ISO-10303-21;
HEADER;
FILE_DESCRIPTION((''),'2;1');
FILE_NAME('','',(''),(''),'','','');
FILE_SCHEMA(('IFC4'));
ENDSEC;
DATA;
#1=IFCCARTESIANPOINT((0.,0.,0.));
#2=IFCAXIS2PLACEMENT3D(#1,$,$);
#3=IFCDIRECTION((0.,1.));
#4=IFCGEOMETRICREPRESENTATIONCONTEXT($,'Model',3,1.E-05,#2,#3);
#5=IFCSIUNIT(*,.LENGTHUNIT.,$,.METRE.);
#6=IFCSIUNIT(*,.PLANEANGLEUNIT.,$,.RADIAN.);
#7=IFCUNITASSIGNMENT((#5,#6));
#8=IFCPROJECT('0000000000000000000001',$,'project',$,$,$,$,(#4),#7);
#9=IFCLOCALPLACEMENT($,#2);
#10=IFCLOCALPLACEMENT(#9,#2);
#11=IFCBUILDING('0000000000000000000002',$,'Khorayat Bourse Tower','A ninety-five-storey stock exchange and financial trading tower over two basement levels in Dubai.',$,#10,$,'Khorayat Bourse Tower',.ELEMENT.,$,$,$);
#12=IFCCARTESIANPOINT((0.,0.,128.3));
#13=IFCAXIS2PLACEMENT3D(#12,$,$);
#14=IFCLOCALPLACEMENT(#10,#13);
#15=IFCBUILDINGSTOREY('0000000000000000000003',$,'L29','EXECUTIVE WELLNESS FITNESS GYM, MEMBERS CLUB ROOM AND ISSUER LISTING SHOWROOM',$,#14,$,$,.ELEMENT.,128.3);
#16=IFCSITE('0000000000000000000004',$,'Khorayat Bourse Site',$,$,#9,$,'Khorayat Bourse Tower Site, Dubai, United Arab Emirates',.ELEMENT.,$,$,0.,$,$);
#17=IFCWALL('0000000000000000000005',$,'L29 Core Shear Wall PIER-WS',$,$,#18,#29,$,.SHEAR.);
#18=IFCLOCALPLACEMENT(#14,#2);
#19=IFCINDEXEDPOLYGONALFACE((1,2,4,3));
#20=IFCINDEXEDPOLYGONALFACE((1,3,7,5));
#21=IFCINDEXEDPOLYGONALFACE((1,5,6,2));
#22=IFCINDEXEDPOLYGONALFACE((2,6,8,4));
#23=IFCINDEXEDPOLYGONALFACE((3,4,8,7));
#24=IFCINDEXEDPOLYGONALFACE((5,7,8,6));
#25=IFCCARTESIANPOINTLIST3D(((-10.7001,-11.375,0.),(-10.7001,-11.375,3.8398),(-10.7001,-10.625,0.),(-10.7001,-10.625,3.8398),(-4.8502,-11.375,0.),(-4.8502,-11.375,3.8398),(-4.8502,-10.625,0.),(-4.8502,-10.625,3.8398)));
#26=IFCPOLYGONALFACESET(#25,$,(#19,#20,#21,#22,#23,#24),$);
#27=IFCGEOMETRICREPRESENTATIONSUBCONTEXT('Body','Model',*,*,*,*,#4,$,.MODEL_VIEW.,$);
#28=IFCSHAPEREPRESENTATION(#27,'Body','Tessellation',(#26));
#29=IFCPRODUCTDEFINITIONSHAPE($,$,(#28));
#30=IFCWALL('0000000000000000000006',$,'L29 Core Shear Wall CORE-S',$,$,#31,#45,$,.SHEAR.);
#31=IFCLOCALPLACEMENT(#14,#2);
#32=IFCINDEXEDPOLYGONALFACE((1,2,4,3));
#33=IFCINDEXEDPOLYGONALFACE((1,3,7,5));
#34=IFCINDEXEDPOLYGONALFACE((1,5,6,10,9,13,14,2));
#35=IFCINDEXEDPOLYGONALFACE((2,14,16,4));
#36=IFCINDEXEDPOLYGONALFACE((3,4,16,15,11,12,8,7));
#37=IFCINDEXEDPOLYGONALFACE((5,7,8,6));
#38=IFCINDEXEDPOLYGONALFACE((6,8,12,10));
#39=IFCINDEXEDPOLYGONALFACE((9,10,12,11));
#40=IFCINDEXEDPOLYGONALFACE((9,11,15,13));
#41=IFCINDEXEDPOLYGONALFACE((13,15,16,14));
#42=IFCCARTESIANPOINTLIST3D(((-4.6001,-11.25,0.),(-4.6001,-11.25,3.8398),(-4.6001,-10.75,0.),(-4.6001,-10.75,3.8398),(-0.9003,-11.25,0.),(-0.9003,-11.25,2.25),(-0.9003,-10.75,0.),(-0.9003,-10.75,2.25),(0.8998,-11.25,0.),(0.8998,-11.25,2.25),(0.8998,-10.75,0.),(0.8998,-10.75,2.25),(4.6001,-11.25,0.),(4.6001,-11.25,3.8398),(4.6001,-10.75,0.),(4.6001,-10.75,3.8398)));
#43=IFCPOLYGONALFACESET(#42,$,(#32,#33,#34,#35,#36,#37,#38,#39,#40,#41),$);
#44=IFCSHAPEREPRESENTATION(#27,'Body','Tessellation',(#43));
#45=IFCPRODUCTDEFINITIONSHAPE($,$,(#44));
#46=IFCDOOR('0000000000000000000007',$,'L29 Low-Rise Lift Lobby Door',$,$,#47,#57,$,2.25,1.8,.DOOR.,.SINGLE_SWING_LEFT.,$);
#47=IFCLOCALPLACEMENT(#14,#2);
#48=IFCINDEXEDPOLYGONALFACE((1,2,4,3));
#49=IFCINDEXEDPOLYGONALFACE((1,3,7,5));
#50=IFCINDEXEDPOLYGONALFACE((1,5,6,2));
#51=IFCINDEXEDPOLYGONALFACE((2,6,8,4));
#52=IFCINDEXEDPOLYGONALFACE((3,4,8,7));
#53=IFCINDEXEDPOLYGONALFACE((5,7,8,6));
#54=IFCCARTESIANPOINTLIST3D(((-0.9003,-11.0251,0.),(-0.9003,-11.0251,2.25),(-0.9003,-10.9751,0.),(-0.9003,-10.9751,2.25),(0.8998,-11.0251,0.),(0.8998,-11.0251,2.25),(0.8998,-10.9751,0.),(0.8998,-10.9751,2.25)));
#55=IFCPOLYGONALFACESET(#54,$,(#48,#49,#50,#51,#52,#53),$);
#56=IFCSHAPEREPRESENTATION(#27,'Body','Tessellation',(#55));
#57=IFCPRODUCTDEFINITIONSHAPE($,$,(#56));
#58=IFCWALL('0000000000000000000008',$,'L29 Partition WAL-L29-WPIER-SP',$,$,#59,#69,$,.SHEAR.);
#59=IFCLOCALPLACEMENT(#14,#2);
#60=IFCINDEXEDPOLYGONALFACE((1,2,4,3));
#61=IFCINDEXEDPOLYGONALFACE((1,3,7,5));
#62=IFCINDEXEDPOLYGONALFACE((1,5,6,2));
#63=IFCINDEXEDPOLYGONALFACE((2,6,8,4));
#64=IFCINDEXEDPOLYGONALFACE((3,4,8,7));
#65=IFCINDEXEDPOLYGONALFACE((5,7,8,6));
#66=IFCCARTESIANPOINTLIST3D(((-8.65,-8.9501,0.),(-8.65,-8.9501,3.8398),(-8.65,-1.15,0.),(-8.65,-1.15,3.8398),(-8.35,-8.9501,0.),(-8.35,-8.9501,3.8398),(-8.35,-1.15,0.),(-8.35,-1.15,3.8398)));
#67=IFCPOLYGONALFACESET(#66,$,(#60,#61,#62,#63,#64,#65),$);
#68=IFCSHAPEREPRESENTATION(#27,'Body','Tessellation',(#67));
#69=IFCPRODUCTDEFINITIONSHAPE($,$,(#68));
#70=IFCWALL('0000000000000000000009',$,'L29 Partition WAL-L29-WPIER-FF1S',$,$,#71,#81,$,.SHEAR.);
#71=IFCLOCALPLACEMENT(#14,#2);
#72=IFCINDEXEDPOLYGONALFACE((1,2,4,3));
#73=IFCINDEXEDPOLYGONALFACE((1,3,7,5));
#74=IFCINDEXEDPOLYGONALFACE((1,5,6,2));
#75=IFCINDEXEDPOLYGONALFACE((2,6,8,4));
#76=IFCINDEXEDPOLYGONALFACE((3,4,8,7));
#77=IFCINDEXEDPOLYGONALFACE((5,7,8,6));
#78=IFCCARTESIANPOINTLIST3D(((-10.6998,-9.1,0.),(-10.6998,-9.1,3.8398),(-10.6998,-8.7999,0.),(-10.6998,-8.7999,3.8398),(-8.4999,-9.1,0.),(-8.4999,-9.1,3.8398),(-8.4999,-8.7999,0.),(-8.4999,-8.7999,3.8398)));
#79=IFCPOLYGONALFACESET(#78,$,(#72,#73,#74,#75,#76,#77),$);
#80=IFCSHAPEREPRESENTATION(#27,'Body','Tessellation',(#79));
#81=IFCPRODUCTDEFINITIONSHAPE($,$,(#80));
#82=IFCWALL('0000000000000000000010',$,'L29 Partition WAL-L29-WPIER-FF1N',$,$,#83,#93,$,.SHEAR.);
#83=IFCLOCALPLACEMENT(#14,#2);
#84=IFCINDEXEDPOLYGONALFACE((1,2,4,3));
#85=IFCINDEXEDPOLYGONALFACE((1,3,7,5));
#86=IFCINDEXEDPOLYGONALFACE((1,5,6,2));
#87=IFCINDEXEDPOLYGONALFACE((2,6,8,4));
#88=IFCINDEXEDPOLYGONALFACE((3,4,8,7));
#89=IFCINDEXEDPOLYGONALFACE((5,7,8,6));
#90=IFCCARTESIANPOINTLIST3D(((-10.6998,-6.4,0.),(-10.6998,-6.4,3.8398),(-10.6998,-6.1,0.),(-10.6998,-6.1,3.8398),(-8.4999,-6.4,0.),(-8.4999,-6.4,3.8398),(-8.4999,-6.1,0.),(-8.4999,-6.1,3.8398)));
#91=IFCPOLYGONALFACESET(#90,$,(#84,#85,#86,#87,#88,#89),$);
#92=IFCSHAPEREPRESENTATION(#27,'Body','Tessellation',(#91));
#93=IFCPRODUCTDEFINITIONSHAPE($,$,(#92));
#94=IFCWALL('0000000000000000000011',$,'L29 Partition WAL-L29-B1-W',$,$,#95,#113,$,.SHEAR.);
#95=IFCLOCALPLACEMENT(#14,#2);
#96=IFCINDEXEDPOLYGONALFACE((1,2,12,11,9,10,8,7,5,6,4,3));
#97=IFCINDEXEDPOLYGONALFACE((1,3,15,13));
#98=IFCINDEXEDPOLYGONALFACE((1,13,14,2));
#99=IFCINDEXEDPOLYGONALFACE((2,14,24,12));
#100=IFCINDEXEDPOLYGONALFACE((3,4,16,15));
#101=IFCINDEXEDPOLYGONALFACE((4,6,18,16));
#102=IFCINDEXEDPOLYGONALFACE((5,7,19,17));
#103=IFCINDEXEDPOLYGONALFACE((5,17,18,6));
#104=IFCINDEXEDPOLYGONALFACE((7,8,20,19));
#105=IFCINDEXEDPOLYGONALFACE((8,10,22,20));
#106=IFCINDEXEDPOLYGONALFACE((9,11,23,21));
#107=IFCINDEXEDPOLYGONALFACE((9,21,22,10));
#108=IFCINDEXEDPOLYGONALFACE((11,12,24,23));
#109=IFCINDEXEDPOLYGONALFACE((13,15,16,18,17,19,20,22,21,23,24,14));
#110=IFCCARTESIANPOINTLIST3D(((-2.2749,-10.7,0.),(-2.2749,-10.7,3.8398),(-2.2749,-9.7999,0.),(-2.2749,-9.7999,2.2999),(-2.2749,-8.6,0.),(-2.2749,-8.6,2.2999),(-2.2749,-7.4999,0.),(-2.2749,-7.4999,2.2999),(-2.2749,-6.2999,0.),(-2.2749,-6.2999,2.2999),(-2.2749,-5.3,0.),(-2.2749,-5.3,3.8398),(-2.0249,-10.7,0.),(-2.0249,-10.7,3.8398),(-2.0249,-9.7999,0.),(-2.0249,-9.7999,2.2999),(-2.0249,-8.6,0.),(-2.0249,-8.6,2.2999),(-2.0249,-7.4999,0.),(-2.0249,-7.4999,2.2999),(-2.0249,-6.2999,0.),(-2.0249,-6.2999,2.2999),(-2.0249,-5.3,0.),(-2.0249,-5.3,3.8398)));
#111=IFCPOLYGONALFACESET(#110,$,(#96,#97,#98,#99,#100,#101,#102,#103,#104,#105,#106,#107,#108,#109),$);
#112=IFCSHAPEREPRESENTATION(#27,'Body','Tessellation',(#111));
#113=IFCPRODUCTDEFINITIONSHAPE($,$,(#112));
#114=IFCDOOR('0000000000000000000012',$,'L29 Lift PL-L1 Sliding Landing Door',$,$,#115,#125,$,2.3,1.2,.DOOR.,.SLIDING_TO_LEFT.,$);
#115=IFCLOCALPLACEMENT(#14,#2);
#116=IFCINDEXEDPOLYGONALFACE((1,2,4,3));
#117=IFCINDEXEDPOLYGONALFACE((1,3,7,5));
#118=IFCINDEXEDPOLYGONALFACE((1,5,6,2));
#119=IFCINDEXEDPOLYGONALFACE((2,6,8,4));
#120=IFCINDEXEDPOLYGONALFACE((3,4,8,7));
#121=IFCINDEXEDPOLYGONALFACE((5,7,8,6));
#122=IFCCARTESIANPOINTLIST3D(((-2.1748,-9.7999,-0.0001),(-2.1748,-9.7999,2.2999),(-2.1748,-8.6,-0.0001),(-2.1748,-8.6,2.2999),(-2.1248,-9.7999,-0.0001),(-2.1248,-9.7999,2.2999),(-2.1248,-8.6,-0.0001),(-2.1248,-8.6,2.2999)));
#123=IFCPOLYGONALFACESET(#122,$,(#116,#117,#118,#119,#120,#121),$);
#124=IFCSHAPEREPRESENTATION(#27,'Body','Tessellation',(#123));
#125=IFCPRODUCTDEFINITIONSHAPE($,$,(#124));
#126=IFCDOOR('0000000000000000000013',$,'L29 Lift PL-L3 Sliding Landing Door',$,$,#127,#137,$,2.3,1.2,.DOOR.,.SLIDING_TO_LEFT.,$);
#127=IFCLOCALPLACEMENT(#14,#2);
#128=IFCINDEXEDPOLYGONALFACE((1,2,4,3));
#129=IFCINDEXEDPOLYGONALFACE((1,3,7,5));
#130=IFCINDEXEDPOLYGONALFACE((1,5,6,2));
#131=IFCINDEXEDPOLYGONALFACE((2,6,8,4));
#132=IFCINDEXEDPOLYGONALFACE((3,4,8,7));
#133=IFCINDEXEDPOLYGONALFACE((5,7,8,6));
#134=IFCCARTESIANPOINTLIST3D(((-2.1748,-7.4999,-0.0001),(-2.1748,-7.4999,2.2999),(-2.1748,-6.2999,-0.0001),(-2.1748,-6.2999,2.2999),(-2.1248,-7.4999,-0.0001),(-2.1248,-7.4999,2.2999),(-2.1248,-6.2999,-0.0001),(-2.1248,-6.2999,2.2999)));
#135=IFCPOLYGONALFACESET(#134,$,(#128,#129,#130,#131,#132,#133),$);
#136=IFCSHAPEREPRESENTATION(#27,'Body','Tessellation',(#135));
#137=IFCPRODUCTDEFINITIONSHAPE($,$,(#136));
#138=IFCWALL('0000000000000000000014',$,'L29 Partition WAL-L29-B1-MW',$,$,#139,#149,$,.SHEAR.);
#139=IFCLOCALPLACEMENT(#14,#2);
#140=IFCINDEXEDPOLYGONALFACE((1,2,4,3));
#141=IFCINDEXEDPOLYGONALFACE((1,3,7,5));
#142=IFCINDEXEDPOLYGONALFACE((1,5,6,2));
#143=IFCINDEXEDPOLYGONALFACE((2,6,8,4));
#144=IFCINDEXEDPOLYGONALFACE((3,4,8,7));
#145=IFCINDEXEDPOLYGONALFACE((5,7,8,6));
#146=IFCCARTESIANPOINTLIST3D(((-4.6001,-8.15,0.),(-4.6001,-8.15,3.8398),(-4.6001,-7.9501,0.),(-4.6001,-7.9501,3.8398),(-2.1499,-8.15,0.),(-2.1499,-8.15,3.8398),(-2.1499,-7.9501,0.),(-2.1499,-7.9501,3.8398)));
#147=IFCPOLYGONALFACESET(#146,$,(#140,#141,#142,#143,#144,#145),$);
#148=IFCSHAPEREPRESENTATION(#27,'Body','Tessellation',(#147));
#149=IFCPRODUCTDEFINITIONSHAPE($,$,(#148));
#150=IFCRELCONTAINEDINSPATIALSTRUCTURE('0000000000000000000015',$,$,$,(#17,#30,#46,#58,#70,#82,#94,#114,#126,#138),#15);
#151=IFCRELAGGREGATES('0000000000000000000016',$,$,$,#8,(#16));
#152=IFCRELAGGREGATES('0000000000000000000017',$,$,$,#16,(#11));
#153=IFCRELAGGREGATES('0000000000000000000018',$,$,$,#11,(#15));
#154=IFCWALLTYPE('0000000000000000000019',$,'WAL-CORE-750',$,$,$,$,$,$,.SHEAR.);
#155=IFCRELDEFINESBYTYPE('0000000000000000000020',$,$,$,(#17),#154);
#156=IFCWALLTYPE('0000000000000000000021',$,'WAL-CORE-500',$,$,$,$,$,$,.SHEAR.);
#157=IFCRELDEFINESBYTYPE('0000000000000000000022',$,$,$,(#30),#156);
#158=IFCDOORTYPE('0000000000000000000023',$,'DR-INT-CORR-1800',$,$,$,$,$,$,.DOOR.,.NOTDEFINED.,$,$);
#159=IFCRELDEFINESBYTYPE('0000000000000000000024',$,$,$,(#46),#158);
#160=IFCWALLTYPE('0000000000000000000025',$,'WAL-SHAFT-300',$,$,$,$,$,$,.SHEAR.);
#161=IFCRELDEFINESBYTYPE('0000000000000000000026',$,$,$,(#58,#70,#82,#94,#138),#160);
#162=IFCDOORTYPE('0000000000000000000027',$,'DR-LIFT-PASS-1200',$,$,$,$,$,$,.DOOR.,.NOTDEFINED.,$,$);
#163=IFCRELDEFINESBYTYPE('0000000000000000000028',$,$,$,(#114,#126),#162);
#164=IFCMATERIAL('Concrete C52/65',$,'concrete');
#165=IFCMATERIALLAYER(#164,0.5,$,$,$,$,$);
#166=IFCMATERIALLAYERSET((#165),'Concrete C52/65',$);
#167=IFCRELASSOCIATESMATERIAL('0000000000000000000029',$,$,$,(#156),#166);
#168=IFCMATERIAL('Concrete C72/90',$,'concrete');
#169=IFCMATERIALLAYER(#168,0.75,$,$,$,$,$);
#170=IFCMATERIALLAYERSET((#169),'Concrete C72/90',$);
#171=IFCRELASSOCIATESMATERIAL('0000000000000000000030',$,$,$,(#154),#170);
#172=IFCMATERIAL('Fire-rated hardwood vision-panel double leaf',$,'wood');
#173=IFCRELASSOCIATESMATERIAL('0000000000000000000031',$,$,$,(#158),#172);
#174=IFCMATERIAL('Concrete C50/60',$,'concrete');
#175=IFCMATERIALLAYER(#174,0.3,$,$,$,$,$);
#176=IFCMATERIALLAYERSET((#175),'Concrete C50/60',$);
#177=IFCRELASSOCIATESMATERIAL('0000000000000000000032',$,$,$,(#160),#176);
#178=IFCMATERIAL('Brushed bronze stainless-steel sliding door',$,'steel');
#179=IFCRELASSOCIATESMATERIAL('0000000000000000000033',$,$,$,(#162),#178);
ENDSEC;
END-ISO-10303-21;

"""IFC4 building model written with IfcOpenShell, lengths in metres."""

from ifc_helpers import new_model, si_unit, direction, frame, frame_2d, origin, place, context, subcontext, project, spatial, rectangle, extrude, source, transform, mapped, material, layer, layer_set, type_object, element, fill, save


model = new_model("IFC4")

# Units and contexts
model_context = context("Model", 3, precision=1e-05, world=origin(), true_north=direction((0.0, 1.0)))
body_context = subcontext(model_context, "Body", "Model", "MODEL_VIEW")
ifc_project = project(units=[si_unit("LENGTHUNIT", "METRE"), si_unit("PLANEANGLEUNIT", "RADIAN")], contexts=[model_context])

# Site, building, storey
site_placement = place(None, origin())
site = spatial("IfcSite", under=ifc_project, at=site_placement, Name="Khorayat Bourse Site", LongName="Khorayat Bourse Tower Site, Dubai, United Arab Emirates", CompositionType="ELEMENT", RefElevation=0.0)
building_placement = place(site_placement, origin())
building = spatial("IfcBuilding", under=site, at=building_placement, Name="Khorayat Bourse Tower", Description="A ninety-five-storey stock exchange and financial trading tower over two basement levels in Dubai.", LongName="Khorayat Bourse Tower", CompositionType="ELEMENT")
storey_placement = place(building_placement, frame((0.0, 0.0, 128.3)))
storey = spatial("IfcBuildingStorey", under=building, at=storey_placement, Name="L29", Description="EXECUTIVE WELLNESS FITNESS GYM, MEMBERS CLUB ROOM AND ISSUER LISTING SHOWROOM", CompositionType="ELEMENT", Elevation=128.3)

# Shared definitions
ifc_material_1 = material(Name="Concrete C72/90", Category="concrete")

# Wall
ifc_material_2 = material(Name="Concrete C52/65", Category="concrete")
ifc_layer_1 = layer(ifc_material_2, 0.5)
ifc_layer_set_1 = layer_set([ifc_layer_1], Name="Concrete C52/65")
wall_type_1 = type_object("IfcWallType", Name="WAL-CORE-500", PredefinedType="SHEAR", material=ifc_layer_set_1)
ifc_layer_2 = layer(ifc_material_1, 0.75)
ifc_layer_set_2 = layer_set([ifc_layer_2], Name="Concrete C72/90")
wall_type_2 = type_object("IfcWallType", Name="WAL-CORE-750", PredefinedType="SHEAR", material=ifc_layer_set_2)
shared_shape_1 = source(origin(), body_context, "Body", "SweptSolid", [
    extrude(rectangle(XDim=5.8499, YDim=0.75, at=frame_2d((2.9248, 0.0))), origin(), (0.0, 0.0, 1.0), 3.8398),
])
wall_1_placement = place(storey_placement, frame((-10.7, -11.0, 0.0), z_axis=(0.0, 0.0, 1.0), x_axis=(1.0, 0.0, 0.0)))
element("IfcWall", 1, at=wall_1_placement, inside=storey, type_object=wall_type_2, Name="L29 Core Shear Wall PIER-WS", PredefinedType="SHEAR", context=body_context, shape_type="MappedRepresentation", body=[
    mapped(shared_shape_1, transform((0.0, 0.0, 0.0), scale=1.0)),
])

# Wall, opening, door
shared_shape_2 = source(origin(), body_context, "Body", "SweptSolid", [
    extrude(rectangle(XDim=9.2002, YDim=0.5, at=frame_2d((4.6001, 0.0))), origin(), (0.0, 0.0, 1.0), 3.8398),
])
wall_2_placement = place(storey_placement, frame((-4.6001, -11.0, 0.0), z_axis=(0.0, 0.0, 1.0), x_axis=(1.0, 0.0, 0.0)))
wall_2 = element("IfcWall", 2, at=wall_2_placement, inside=storey, type_object=wall_type_1, Name="L29 Core Shear Wall CORE-S", PredefinedType="SHEAR", context=body_context, shape_type="MappedRepresentation", body=[
    mapped(shared_shape_2, transform((0.0, 0.0, 0.0), scale=1.0)),
])
shared_shape_3 = source(origin(), body_context, "Body", "SweptSolid", [
    extrude(rectangle(XDim=1.8, YDim=2.25, at=frame_2d((0.8999, 1.125))), frame((0.0, 0.26, 0.0), z_axis=(0.0, -1.0, 0.0), x_axis=(1.0, 0.0, 0.0)), (0.0, 0.0, 1.0), 0.52),
])
opening_1_placement = place(wall_2_placement, frame((3.7, 0.0, 0.0)))
opening_1 = element("IfcOpeningElement", 3, at=opening_1_placement, cuts=wall_2, PredefinedType="OPENING", context=body_context, shape_type="MappedRepresentation", body=[
    mapped(shared_shape_3, transform((0.0, 0.0, 0.0), scale=1.0)),
])
ifc_material_3 = material(Name="Fire-rated hardwood vision-panel double leaf", Category="wood")
door_type_1 = type_object("IfcDoorType", Name="DR-INT-CORR-1800", OperationType="NOTDEFINED", PredefinedType="DOOR", material=ifc_material_3)
shared_shape_4 = source(origin(), body_context, "Body", "SweptSolid", [
    extrude(rectangle(XDim=1.8, YDim=2.25, at=frame_2d((0.8999, 1.125))), frame((0.0, 0.0249, 0.0), z_axis=(0.0, -1.0, 0.0), x_axis=(1.0, 0.0, 0.0)), (0.0, 0.0, 1.0), 0.05),
])
door_1_placement = place(opening_1_placement, origin())
door_1 = element("IfcDoor", 4, at=door_1_placement, inside=storey, type_object=door_type_1, Name="L29 Low-Rise Lift Lobby Door", OperationType="SINGLE_SWING_LEFT", OverallHeight=2.25, OverallWidth=1.8, PredefinedType="DOOR", context=body_context, shape_type="MappedRepresentation", body=[
    mapped(shared_shape_4, transform((0.0, 0.0, 0.0), scale=1.0)),
])
fill(opening_1, door_1)

# Walls
ifc_material_4 = material(Name="Concrete C50/60", Category="concrete")
ifc_layer_3 = layer(ifc_material_4, 0.3)
ifc_layer_set_3 = layer_set([ifc_layer_3], Name="Concrete C50/60")
wall_type_3 = type_object("IfcWallType", Name="WAL-SHAFT-300", PredefinedType="SHEAR", material=ifc_layer_set_3)
shared_shape_5 = source(origin(), body_context, "Body", "SweptSolid", [
    extrude(rectangle(XDim=7.8, YDim=0.3, at=frame_2d((3.8999, 0.0))), origin(), (0.0, 0.0, 1.0), 3.8398),
])
wall_3_placement = place(storey_placement, frame((-8.5, -8.95, 0.0), z_axis=(0.0, 0.0, 1.0), x_axis=(0.0, 1.0, 0.0)))
element("IfcWall", 5, at=wall_3_placement, inside=storey, type_object=wall_type_3, Name="L29 Partition WAL-L29-WPIER-SP", PredefinedType="SHEAR", context=body_context, shape_type="MappedRepresentation", body=[
    mapped(shared_shape_5, transform((0.0, 0.0, 0.0), scale=1.0)),
])
shared_shape_6 = source(origin(), body_context, "Body", "SweptSolid", [
    extrude(rectangle(XDim=2.2, YDim=0.3, at=frame_2d((1.1001, 0.0))), origin(), (0.0, 0.0, 1.0), 3.8398),
])
for number, where, z_axis, x_axis, name in (
    (6, (-10.7, -8.95, 0.0), (0.0, 0.0, 1.0), (1.0, 0.0, 0.0), "L29 Partition WAL-L29-WPIER-FF1S"),
    (7, (-10.7, -6.25, 0.0), (0.0, 0.0, 1.0), (1.0, 0.0, 0.0), "L29 Partition WAL-L29-WPIER-FF1N"),
):
    element("IfcWall", number, at=place(storey_placement, frame(where, z_axis=z_axis, x_axis=x_axis)), inside=storey, type_object=wall_type_3, Name=name, PredefinedType="SHEAR", context=body_context, shape_type="MappedRepresentation", body=[
        mapped(shared_shape_6, transform((0.0, 0.0, 0.0), scale=1.0)),
    ])

# Wall, openings, doors
shared_shape_7 = source(origin(), body_context, "Body", "SweptSolid", [
    extrude(rectangle(XDim=5.3999, YDim=0.25, at=frame_2d((2.7, 0.0))), origin(), (0.0, 0.0, 1.0), 3.8398),
])
wall_4_placement = place(storey_placement, frame((-2.1499, -10.7, 0.0), z_axis=(0.0, 0.0, 1.0), x_axis=(0.0, 1.0, 0.0)))
wall_4 = element("IfcWall", 8, at=wall_4_placement, inside=storey, type_object=wall_type_3, Name="L29 Partition WAL-L29-B1-W", PredefinedType="SHEAR", context=body_context, shape_type="MappedRepresentation", body=[
    mapped(shared_shape_7, transform((0.0, 0.0, 0.0), scale=1.0)),
])
shared_shape_8 = source(origin(), body_context, "Body", "SweptSolid", [
    extrude(rectangle(XDim=1.2, YDim=2.3, at=frame_2d((0.6001, 1.1499))), frame((0.0, 0.135, 0.0), z_axis=(0.0, -1.0, 0.0), x_axis=(1.0, 0.0, 0.0)), (0.0, 0.0, 1.0), 0.27),
])
opening_2_placement = place(wall_4_placement, frame((0.8999, 0.0, 0.0)))
opening_2 = element("IfcOpeningElement", 9, at=opening_2_placement, cuts=wall_4, PredefinedType="OPENING", context=body_context, shape_type="MappedRepresentation", body=[
    mapped(shared_shape_8, transform((0.0, 0.0, 0.0), scale=1.0)),
])
opening_3_placement = place(wall_4_placement, frame((3.2, 0.0, 0.0)))
opening_3 = element("IfcOpeningElement", 10, at=opening_3_placement, cuts=wall_4, PredefinedType="OPENING", context=body_context, shape_type="MappedRepresentation", body=[
    mapped(shared_shape_8, transform((0.0, 0.0, 0.0), scale=1.0)),
])
ifc_material_5 = material(Name="Brushed bronze stainless-steel sliding door", Category="steel")
door_type_2 = type_object("IfcDoorType", Name="DR-LIFT-PASS-1200", OperationType="NOTDEFINED", PredefinedType="DOOR", material=ifc_material_5)
shared_shape_9 = source(origin(), body_context, "Body", "SweptSolid", [
    extrude(rectangle(XDim=1.2, YDim=2.3, at=frame_2d((0.6001, 1.1499))), frame((0.0, 0.0249, 0.0), z_axis=(0.0, -1.0, 0.0), x_axis=(1.0, 0.0, 0.0)), (0.0, 0.0, 1.0), 0.05),
])
door_2_placement = place(opening_2_placement, origin())
door_2 = element("IfcDoor", 11, at=door_2_placement, inside=storey, type_object=door_type_2, Name="L29 Lift PL-L1 Sliding Landing Door", OperationType="SLIDING_TO_LEFT", OverallHeight=2.3, OverallWidth=1.2, PredefinedType="DOOR", context=body_context, shape_type="MappedRepresentation", body=[
    mapped(shared_shape_9, transform((0.0, 0.0, 0.0), scale=1.0)),
])
fill(opening_2, door_2)
door_3_placement = place(opening_3_placement, origin())
door_3 = element("IfcDoor", 12, at=door_3_placement, inside=storey, type_object=door_type_2, Name="L29 Lift PL-L3 Sliding Landing Door", OperationType="SLIDING_TO_LEFT", OverallHeight=2.3, OverallWidth=1.2, PredefinedType="DOOR", context=body_context, shape_type="MappedRepresentation", body=[
    mapped(shared_shape_9, transform((0.0, 0.0, 0.0), scale=1.0)),
])
fill(opening_3, door_3)

# Wall
shared_shape_10 = source(origin(), body_context, "Body", "SweptSolid", [
    extrude(rectangle(XDim=2.4502, YDim=0.2, at=frame_2d((1.2251, 0.0))), origin(), (0.0, 0.0, 1.0), 3.8398),
])
wall_5_placement = place(storey_placement, frame((-4.6001, -8.05, 0.0), z_axis=(0.0, 0.0, 1.0), x_axis=(1.0, 0.0, 0.0)))
element("IfcWall", 13, at=wall_5_placement, inside=storey, type_object=wall_type_3, Name="L29 Partition WAL-L29-B1-MW", PredefinedType="SHEAR", context=body_context, shape_type="MappedRepresentation", body=[
    mapped(shared_shape_10, transform((0.0, 0.0, 0.0), scale=1.0)),
])

save(model, "model.ifc")
